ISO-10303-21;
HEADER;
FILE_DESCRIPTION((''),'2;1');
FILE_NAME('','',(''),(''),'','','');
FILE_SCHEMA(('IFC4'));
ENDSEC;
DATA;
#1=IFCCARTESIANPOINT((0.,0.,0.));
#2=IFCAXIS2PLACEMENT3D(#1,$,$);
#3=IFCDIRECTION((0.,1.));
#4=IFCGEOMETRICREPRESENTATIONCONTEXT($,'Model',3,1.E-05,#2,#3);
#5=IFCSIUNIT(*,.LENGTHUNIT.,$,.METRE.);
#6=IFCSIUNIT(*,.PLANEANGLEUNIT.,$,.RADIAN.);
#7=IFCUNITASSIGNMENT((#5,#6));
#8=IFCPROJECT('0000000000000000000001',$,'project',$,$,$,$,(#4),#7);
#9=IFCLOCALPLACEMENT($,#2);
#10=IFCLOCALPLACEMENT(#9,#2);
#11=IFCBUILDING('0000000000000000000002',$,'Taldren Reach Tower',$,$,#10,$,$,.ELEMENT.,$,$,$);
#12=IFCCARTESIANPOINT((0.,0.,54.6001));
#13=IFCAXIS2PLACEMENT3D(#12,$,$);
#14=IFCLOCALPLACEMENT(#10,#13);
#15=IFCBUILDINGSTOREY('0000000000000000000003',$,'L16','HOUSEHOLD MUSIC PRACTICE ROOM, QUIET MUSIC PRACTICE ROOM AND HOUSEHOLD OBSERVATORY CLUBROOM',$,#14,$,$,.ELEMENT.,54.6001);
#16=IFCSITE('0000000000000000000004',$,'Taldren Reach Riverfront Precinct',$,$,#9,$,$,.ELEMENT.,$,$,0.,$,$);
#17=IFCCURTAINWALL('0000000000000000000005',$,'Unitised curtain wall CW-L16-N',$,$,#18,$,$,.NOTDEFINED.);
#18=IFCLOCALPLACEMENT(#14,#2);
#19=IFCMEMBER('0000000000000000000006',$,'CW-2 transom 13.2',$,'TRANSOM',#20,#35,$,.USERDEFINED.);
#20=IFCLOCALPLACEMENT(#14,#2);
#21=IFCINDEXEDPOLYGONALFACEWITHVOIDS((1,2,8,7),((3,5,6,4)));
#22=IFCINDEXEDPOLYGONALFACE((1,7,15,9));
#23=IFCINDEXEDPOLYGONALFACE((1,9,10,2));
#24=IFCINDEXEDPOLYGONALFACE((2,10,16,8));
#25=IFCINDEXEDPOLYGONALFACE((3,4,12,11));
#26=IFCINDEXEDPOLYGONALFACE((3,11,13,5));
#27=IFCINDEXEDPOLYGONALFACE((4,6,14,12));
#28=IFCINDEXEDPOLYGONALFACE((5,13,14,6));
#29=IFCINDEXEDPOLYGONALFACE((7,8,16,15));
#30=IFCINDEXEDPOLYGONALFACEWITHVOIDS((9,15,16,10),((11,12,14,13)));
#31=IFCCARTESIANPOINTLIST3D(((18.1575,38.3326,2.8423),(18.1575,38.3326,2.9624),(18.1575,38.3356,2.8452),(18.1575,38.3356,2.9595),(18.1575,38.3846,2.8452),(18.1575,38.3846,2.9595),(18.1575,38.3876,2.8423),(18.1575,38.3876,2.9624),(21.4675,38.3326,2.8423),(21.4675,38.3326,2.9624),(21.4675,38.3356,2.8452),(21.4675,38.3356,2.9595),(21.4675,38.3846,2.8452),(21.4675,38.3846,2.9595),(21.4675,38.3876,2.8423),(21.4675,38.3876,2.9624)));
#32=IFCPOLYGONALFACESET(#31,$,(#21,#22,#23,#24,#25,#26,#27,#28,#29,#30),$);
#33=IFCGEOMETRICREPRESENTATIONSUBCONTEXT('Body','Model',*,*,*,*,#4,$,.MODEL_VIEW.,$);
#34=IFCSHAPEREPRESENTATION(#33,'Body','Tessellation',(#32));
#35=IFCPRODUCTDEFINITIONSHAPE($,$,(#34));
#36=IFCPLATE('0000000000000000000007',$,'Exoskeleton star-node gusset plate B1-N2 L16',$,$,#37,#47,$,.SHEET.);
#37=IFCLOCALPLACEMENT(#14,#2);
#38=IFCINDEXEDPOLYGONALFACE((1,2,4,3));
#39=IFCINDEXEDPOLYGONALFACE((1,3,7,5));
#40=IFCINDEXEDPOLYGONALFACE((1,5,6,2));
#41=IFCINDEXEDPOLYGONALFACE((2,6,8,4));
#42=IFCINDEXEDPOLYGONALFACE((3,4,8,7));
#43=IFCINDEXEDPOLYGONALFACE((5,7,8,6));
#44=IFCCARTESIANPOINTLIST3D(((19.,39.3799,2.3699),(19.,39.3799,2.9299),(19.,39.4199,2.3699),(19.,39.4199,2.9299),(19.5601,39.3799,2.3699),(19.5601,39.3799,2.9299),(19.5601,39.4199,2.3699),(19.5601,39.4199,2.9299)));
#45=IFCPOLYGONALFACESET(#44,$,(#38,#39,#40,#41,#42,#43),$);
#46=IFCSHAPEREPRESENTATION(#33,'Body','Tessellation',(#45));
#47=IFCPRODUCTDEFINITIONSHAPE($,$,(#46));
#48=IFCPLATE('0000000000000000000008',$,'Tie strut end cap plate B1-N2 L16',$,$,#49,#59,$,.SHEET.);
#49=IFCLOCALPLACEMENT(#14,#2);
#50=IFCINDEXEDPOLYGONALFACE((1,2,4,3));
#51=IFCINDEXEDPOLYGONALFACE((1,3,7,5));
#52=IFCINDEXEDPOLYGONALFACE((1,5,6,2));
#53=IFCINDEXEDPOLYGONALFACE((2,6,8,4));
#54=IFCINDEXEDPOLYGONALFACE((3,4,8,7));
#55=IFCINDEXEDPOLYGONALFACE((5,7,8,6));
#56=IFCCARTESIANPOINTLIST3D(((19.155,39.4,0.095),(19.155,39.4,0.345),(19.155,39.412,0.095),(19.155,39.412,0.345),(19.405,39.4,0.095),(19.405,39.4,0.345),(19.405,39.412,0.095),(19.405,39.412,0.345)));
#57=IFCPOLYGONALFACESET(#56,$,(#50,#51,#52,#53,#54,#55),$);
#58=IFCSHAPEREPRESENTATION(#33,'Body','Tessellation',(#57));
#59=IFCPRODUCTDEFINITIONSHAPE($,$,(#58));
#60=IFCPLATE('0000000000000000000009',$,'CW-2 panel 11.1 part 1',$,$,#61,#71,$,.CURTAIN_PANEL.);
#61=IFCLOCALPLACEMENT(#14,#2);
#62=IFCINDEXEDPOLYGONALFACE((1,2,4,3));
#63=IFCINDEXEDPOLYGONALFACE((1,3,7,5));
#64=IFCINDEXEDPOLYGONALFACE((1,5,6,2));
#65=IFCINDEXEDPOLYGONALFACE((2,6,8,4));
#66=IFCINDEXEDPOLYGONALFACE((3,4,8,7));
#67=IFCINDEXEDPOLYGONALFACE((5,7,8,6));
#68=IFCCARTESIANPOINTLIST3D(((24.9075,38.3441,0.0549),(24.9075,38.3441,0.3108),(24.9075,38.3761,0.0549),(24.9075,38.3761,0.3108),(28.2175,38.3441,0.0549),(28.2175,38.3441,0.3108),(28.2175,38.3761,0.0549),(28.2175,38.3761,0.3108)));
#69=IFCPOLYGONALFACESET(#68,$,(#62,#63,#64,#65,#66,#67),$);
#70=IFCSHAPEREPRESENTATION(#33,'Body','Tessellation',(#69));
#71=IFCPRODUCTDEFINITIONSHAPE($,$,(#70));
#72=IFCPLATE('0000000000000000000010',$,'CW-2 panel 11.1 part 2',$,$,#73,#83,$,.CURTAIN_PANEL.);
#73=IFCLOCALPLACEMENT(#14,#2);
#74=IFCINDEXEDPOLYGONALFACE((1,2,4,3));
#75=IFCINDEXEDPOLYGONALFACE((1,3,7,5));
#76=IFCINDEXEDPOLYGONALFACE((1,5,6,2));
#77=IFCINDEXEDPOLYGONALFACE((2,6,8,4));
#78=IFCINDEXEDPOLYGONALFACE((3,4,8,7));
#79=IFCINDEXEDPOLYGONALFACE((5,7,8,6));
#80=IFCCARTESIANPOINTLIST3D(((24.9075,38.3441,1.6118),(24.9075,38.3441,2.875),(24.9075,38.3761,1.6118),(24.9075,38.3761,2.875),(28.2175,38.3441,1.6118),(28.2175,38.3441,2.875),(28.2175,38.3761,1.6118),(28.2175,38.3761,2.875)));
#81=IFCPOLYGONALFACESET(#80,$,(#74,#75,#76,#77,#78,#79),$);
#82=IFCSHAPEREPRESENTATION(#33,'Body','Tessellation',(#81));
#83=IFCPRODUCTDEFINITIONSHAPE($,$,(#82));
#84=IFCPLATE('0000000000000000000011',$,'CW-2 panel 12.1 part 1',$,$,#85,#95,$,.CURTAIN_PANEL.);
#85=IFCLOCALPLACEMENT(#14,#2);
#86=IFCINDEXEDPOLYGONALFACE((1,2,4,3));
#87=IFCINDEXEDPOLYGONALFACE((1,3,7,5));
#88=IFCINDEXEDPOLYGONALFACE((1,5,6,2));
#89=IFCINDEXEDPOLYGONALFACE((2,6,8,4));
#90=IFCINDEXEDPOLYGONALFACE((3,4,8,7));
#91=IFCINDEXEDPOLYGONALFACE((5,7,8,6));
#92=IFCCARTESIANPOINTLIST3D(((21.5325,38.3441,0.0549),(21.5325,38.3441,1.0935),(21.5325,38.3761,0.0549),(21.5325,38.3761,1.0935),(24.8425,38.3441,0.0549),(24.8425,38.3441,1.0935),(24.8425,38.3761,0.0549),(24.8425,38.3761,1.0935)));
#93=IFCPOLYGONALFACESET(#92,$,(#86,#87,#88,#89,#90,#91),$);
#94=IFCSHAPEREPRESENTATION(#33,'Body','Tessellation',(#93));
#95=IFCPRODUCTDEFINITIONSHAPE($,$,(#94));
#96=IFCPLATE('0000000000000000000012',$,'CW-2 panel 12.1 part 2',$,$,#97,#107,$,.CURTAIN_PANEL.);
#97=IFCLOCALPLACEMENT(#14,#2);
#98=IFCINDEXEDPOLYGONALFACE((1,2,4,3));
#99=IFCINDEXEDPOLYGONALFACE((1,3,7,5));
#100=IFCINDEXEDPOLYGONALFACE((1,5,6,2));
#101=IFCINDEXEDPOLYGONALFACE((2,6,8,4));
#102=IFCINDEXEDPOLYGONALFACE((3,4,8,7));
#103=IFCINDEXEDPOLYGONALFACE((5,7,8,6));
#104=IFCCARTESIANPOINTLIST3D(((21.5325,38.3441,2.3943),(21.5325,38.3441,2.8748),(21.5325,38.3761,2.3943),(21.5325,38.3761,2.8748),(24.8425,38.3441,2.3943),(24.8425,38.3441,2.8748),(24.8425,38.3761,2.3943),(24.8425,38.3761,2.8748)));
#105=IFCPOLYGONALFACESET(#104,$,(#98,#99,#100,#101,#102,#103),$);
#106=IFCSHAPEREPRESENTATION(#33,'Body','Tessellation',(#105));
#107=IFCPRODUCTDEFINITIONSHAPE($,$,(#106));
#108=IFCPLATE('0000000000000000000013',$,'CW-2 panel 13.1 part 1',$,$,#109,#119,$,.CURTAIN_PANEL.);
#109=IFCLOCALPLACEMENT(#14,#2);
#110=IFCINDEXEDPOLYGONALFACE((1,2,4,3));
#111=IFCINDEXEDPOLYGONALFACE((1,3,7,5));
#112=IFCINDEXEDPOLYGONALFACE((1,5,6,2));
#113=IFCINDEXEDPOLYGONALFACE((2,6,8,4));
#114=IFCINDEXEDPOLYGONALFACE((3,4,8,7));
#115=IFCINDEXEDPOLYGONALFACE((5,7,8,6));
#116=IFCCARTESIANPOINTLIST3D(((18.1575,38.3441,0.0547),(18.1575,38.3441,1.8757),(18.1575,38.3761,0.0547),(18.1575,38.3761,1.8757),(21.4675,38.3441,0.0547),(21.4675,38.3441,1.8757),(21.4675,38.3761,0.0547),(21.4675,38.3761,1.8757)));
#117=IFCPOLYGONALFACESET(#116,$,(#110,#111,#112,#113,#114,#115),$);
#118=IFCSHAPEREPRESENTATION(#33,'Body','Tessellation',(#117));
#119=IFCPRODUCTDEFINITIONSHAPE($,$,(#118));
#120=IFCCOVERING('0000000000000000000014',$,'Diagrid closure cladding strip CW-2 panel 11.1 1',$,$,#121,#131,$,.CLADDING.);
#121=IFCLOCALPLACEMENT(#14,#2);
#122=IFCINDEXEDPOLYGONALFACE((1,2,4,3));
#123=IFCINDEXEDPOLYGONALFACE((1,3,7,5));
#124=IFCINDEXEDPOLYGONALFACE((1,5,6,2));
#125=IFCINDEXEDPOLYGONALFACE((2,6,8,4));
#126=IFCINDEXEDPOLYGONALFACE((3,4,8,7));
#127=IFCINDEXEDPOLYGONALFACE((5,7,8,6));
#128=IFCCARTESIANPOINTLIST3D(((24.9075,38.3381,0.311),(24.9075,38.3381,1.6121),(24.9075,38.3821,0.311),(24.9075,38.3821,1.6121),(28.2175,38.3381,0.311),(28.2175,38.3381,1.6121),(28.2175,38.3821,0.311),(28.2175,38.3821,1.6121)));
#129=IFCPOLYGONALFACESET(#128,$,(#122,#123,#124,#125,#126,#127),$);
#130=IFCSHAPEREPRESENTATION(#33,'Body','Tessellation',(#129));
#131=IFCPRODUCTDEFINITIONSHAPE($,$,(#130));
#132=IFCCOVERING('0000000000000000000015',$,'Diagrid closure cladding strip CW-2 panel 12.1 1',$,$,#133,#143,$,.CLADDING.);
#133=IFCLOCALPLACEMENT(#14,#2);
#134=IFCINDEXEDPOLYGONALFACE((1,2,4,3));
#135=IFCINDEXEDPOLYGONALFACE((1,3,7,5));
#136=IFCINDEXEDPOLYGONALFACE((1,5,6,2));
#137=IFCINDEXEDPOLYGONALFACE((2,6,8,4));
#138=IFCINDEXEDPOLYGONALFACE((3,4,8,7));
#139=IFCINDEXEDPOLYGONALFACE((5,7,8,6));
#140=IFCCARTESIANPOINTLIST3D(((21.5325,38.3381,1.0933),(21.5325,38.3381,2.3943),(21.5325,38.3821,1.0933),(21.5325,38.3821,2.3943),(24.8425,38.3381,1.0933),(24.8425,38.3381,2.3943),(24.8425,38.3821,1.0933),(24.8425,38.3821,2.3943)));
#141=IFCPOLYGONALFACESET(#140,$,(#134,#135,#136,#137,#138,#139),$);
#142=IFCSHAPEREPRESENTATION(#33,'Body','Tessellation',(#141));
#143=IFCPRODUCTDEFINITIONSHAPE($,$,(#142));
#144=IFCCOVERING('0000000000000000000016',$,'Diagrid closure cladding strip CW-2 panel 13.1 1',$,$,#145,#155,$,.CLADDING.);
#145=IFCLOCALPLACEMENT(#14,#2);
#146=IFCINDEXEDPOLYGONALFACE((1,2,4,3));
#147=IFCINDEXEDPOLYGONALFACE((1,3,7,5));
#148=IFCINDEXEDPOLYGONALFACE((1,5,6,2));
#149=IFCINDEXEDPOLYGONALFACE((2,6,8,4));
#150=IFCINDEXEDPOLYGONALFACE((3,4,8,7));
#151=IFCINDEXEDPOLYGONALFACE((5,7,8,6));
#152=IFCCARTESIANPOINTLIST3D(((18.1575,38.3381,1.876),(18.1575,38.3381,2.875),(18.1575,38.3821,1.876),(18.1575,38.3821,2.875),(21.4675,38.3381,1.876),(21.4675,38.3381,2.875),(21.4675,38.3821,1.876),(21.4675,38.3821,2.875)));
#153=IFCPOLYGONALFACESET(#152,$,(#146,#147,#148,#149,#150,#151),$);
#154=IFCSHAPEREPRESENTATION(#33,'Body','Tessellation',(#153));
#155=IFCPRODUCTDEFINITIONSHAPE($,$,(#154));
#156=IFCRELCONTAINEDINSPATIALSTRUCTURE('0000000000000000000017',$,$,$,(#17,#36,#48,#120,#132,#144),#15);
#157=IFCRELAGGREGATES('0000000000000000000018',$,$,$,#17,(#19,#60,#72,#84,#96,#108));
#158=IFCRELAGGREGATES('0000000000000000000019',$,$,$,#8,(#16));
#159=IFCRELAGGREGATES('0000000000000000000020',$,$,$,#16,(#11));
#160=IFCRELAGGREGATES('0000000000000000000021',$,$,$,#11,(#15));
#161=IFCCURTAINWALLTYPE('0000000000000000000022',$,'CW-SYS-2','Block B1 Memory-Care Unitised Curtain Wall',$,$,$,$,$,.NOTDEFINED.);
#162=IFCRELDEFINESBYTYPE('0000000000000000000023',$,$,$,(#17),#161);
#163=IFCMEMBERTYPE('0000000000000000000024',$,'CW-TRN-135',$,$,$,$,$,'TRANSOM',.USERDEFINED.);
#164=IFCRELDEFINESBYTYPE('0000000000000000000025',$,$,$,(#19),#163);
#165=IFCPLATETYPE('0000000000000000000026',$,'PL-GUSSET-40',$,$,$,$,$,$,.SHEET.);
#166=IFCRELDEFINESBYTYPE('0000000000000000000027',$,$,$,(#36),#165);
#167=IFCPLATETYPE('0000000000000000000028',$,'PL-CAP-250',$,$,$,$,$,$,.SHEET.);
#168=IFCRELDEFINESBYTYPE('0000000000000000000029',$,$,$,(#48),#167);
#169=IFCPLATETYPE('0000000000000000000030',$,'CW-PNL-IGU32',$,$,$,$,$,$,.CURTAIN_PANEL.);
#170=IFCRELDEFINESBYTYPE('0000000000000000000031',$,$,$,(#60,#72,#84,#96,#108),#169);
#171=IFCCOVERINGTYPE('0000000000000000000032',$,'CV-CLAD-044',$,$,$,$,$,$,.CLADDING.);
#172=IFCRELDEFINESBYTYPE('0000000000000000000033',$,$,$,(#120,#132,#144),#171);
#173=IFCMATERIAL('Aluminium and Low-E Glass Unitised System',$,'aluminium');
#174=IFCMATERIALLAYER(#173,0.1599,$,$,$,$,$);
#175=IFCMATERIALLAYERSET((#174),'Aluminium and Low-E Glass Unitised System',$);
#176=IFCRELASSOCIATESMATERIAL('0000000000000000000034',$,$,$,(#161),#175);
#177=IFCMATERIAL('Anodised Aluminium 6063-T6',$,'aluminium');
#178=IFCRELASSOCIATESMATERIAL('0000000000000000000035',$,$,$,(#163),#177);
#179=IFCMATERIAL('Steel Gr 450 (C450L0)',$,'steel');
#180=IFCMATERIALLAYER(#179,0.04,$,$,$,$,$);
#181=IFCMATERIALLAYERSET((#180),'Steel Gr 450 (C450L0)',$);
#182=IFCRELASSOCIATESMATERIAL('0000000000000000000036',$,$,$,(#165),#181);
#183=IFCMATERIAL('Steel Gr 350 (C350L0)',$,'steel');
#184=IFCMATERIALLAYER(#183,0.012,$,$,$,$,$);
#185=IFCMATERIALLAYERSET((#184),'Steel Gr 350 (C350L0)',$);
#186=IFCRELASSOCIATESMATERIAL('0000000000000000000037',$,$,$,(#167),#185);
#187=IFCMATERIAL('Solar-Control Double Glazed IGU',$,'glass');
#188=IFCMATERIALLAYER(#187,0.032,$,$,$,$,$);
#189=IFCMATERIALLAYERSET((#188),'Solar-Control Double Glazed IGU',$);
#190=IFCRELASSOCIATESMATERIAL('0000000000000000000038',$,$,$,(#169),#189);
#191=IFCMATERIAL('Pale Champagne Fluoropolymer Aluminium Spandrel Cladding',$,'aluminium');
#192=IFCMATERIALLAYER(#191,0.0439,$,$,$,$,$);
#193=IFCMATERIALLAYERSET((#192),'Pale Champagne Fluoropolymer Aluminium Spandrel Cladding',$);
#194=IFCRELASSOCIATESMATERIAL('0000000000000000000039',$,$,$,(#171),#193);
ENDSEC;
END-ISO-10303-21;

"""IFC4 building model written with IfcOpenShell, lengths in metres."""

from ifc_helpers import new_model, si_unit, direction, frame, origin, origin_2d, place, context, subcontext, project, spatial, rectangle, hollow_rectangle, extrude, source, transform, mapped, material, layer, layer_set, material_profile, profile_set, type_object, element, aggregate, save


model = new_model("IFC4")

# Units and contexts
model_context = context("Model", 3, precision=1e-05, world=origin(), true_north=direction((0.0, 1.0)))
body_context = subcontext(model_context, "Body", "Model", "MODEL_VIEW")
ifc_project = project(units=[si_unit("LENGTHUNIT", "METRE"), si_unit("PLANEANGLEUNIT", "RADIAN")], contexts=[model_context])

# Site, building, storey
site_placement = place(None, origin())
site = spatial("IfcSite", under=ifc_project, at=site_placement, Name="Taldren Reach Riverfront Precinct", CompositionType="ELEMENT", RefElevation=0.0)
building_placement = place(site_placement, origin())
building = spatial("IfcBuilding", under=site, at=building_placement, Name="Taldren Reach Tower", CompositionType="ELEMENT")
storey_placement = place(building_placement, frame((0.0, 0.0, 54.6001)))
storey = spatial("IfcBuildingStorey", under=building, at=storey_placement, Name="L16", Description="HOUSEHOLD MUSIC PRACTICE ROOM, QUIET MUSIC PRACTICE ROOM AND HOUSEHOLD OBSERVATORY CLUBROOM", CompositionType="ELEMENT", Elevation=54.6001)

# Shared definitions
ifc_material_1 = material(Name="Steel Gr 450 (C450L0)", Category="steel")
ifc_material_2 = material(Name="Steel Gr 350 (C350L0)", Category="steel")

# Curtain wall, member
ifc_material_3 = material(Name="Aluminium and Low-E Glass Unitised System", Category="aluminium")
ifc_layer_1 = layer(ifc_material_3, 0.1599)
ifc_layer_set_1 = layer_set([ifc_layer_1], Name="Aluminium and Low-E Glass Unitised System")
curtain_wall_type = type_object("IfcCurtainWallType", Name="CW-SYS-2", Description="Block B1 Memory-Care Unitised Curtain Wall", PredefinedType="NOTDEFINED", material=ifc_layer_set_1)
curtain_wall_placement = place(storey_placement, origin())
curtain_wall = element("IfcCurtainWall", 1, at=curtain_wall_placement, inside=storey, type_object=curtain_wall_type, Name="Unitised curtain wall CW-L16-N", PredefinedType="NOTDEFINED")
ifc_material_4 = material(Name="Anodised Aluminium 6063-T6", Category="aluminium")
ifc_material_profile_1 = material_profile(ifc_material_4, hollow_rectangle(XDim=0.0549, YDim=0.1201, WallThickness=0.0029, at=origin_2d()), Name="ALU-120x55x3RHS")
ifc_profile_set_1 = profile_set([ifc_material_profile_1], Name="Anodised Aluminium 6063-T6")
member_type_1 = type_object("IfcMemberType", Name="CW-TRN-135", ElementType="TRANSOM", PredefinedType="USERDEFINED", material=ifc_profile_set_1)
shared_shape_1 = source(origin(), body_context, "Body", "SweptSolid", [
    extrude(hollow_rectangle(XDim=0.0549, YDim=0.1201, WallThickness=0.0029, at=origin_2d()), origin(), (0.0, 0.0, 1.0), 3.3101),
])
member_1_placement = place(storey_placement, frame((21.4675, 38.3601, 2.9023), z_axis=(-1.0, 0.0, 0.0), x_axis=(0.0, -1.0, 0.0)))
member_1 = element("IfcMember", 2, at=member_1_placement, type_object=member_type_1, Name="CW-2 transom 13.2", ObjectType="TRANSOM", PredefinedType="USERDEFINED", context=body_context, shape_type="MappedRepresentation", body=[
    mapped(shared_shape_1, transform((0.0, 0.0, 0.0), scale=1.0)),
])

# Plates
ifc_layer_2 = layer(ifc_material_1, 0.04)
ifc_layer_set_2 = layer_set([ifc_layer_2], Name="Steel Gr 450 (C450L0)")
plate_type_1 = type_object("IfcPlateType", Name="PL-GUSSET-40", PredefinedType="SHEET", material=ifc_layer_set_2)
shared_shape_2 = source(origin(), body_context, "Body", "SweptSolid", [
    extrude(rectangle(XDim=0.5601, YDim=0.04, at=origin_2d()), origin(), (0.0, 0.0, 1.0), 0.5601),
])
plate_1_placement = place(storey_placement, frame((19.28, 39.3999, 2.3699), z_axis=(0.0, 0.0, 1.0), x_axis=(1.0, 0.0, 0.0)))
element("IfcPlate", 3, at=plate_1_placement, inside=storey, type_object=plate_type_1, Name="Exoskeleton star-node gusset plate B1-N2 L16", PredefinedType="SHEET", context=body_context, shape_type="MappedRepresentation", body=[
    mapped(shared_shape_2, transform((0.0, 0.0, 0.0), scale=1.0)),
])
ifc_layer_3 = layer(ifc_material_2, 0.012)
ifc_layer_set_3 = layer_set([ifc_layer_3], Name="Steel Gr 350 (C350L0)")
plate_type_2 = type_object("IfcPlateType", Name="PL-CAP-250", PredefinedType="SHEET", material=ifc_layer_set_3)
shared_shape_3 = source(origin(), body_context, "Body", "SweptSolid", [
    extrude(rectangle(XDim=0.25, YDim=0.012, at=origin_2d()), origin(), (0.0, 0.0, 1.0), 0.25),
])
plate_2_placement = place(storey_placement, frame((19.28, 39.406, 0.095), z_axis=(0.0, 0.0, 1.0), x_axis=(1.0, 0.0, 0.0)))
element("IfcPlate", 4, at=plate_2_placement, inside=storey, type_object=plate_type_2, Name="Tie strut end cap plate B1-N2 L16", PredefinedType="SHEET", context=body_context, shape_type="MappedRepresentation", body=[
    mapped(shared_shape_3, transform((0.0, 0.0, 0.0), scale=1.0)),
])

# Plates
ifc_material_5 = material(Name="Solar-Control Double Glazed IGU", Category="glass")
ifc_layer_4 = layer(ifc_material_5, 0.032)
ifc_layer_set_4 = layer_set([ifc_layer_4], Name="Solar-Control Double Glazed IGU")
plate_type_3 = type_object("IfcPlateType", Name="CW-PNL-IGU32", PredefinedType="CURTAIN_PANEL", material=ifc_layer_set_4)
shared_shape_4 = source(origin(), body_context, "Body", "SweptSolid", [
    extrude(rectangle(XDim=3.3101, YDim=0.032, at=origin_2d()), origin(), (0.0, 0.0, 1.0), 0.2559),
])
plate_3_placement = place(storey_placement, frame((26.5625, 38.3601, 0.0549), z_axis=(0.0, 0.0, 1.0), x_axis=(-1.0, 0.0, 0.0)))
plate_3 = element("IfcPlate", 5, at=plate_3_placement, type_object=plate_type_3, Name="CW-2 panel 11.1 part 1", PredefinedType="CURTAIN_PANEL", context=body_context, shape_type="MappedRepresentation", body=[
    mapped(shared_shape_4, transform((0.0, 0.0, 0.0), scale=1.0)),
])
shared_shape_5 = source(origin(), body_context, "Body", "SweptSolid", [
    extrude(rectangle(XDim=3.3101, YDim=0.032, at=origin_2d()), origin(), (0.0, 0.0, 1.0), 1.2632),
])
plate_4_placement = place(storey_placement, frame((26.5625, 38.3601, 1.6118), z_axis=(0.0, 0.0, 1.0), x_axis=(-1.0, 0.0, 0.0)))
plate_4 = element("IfcPlate", 6, at=plate_4_placement, type_object=plate_type_3, Name="CW-2 panel 11.1 part 2", PredefinedType="CURTAIN_PANEL", context=body_context, shape_type="MappedRepresentation", body=[
    mapped(shared_shape_5, transform((0.0, 0.0, 0.0), scale=1.0)),
])
shared_shape_6 = source(origin(), body_context, "Body", "SweptSolid", [
    extrude(rectangle(XDim=3.3101, YDim=0.032, at=origin_2d()), origin(), (0.0, 0.0, 1.0), 1.0386),
])
plate_5_placement = place(storey_placement, frame((23.1875, 38.3601, 0.0549), z_axis=(0.0, 0.0, 1.0), x_axis=(-1.0, 0.0, 0.0)))
plate_5 = element("IfcPlate", 7, at=plate_5_placement, type_object=plate_type_3, Name="CW-2 panel 12.1 part 1", PredefinedType="CURTAIN_PANEL", context=body_context, shape_type="MappedRepresentation", body=[
    mapped(shared_shape_6, transform((0.0, 0.0, 0.0), scale=1.0)),
])
shared_shape_7 = source(origin(), body_context, "Body", "SweptSolid", [
    extrude(rectangle(XDim=3.3101, YDim=0.032, at=origin_2d()), origin(), (0.0, 0.0, 1.0), 0.4805),
])
plate_6_placement = place(storey_placement, frame((23.1875, 38.3601, 2.3943), z_axis=(0.0, 0.0, 1.0), x_axis=(-1.0, 0.0, 0.0)))
plate_6 = element("IfcPlate", 8, at=plate_6_placement, type_object=plate_type_3, Name="CW-2 panel 12.1 part 2", PredefinedType="CURTAIN_PANEL", context=body_context, shape_type="MappedRepresentation", body=[
    mapped(shared_shape_7, transform((0.0, 0.0, 0.0), scale=1.0)),
])
shared_shape_8 = source(origin(), body_context, "Body", "SweptSolid", [
    extrude(rectangle(XDim=3.3101, YDim=0.032, at=origin_2d()), origin(), (0.0, 0.0, 1.0), 1.821),
])
plate_7_placement = place(storey_placement, frame((19.8125, 38.3601, 0.0547), z_axis=(0.0, 0.0, 1.0), x_axis=(-1.0, 0.0, 0.0)))
plate_7 = element("IfcPlate", 9, at=plate_7_placement, type_object=plate_type_3, Name="CW-2 panel 13.1 part 1", PredefinedType="CURTAIN_PANEL", context=body_context, shape_type="MappedRepresentation", body=[
    mapped(shared_shape_8, transform((0.0, 0.0, 0.0), scale=1.0)),
])
aggregate(curtain_wall, [member_1, plate_3, plate_4, plate_5, plate_6, plate_7])

# Coverings
ifc_material_6 = material(Name="Pale Champagne Fluoropolymer Aluminium Spandrel Cladding", Category="aluminium")
ifc_layer_5 = layer(ifc_material_6, 0.0439)
ifc_layer_set_5 = layer_set([ifc_layer_5], Name="Pale Champagne Fluoropolymer Aluminium Spandrel Cladding")
covering_type = type_object("IfcCoveringType", Name="CV-CLAD-044", PredefinedType="CLADDING", material=ifc_layer_set_5)
shared_shape_9 = source(origin(), body_context, "Body", "SweptSolid", [
    extrude(rectangle(XDim=3.3101, YDim=0.0439, at=origin_2d()), origin(), (0.0, 0.0, 1.0), 1.301),
])
for number, where, z_axis, x_axis, name in (
    (10, (26.5625, 38.3601, 0.311), (0.0, 0.0, 1.0), (-1.0, 0.0, 0.0), "Diagrid closure cladding strip CW-2 panel 11.1 1"),
    (11, (23.1875, 38.3601, 1.0933), (0.0, 0.0, 1.0), (-1.0, 0.0, 0.0), "Diagrid closure cladding strip CW-2 panel 12.1 1"),
):
    element("IfcCovering", number, at=place(storey_placement, frame(where, z_axis=z_axis, x_axis=x_axis)), inside=storey, type_object=covering_type, Name=name, PredefinedType="CLADDING", context=body_context, shape_type="MappedRepresentation", body=[
        mapped(shared_shape_9, transform((0.0, 0.0, 0.0), scale=1.0)),
    ])
shared_shape_10 = source(origin(), body_context, "Body", "SweptSolid", [
    extrude(rectangle(XDim=3.3101, YDim=0.0439, at=origin_2d()), origin(), (0.0, 0.0, 1.0), 0.999),
])
covering_placement = place(storey_placement, frame((19.8125, 38.3601, 1.876), z_axis=(0.0, 0.0, 1.0), x_axis=(-1.0, 0.0, 0.0)))
element("IfcCovering", 12, at=covering_placement, inside=storey, type_object=covering_type, Name="Diagrid closure cladding strip CW-2 panel 13.1 1", PredefinedType="CLADDING", context=body_context, shape_type="MappedRepresentation", body=[
    mapped(shared_shape_10, transform((0.0, 0.0, 0.0), scale=1.0)),
])

save(model, "model.ifc")
